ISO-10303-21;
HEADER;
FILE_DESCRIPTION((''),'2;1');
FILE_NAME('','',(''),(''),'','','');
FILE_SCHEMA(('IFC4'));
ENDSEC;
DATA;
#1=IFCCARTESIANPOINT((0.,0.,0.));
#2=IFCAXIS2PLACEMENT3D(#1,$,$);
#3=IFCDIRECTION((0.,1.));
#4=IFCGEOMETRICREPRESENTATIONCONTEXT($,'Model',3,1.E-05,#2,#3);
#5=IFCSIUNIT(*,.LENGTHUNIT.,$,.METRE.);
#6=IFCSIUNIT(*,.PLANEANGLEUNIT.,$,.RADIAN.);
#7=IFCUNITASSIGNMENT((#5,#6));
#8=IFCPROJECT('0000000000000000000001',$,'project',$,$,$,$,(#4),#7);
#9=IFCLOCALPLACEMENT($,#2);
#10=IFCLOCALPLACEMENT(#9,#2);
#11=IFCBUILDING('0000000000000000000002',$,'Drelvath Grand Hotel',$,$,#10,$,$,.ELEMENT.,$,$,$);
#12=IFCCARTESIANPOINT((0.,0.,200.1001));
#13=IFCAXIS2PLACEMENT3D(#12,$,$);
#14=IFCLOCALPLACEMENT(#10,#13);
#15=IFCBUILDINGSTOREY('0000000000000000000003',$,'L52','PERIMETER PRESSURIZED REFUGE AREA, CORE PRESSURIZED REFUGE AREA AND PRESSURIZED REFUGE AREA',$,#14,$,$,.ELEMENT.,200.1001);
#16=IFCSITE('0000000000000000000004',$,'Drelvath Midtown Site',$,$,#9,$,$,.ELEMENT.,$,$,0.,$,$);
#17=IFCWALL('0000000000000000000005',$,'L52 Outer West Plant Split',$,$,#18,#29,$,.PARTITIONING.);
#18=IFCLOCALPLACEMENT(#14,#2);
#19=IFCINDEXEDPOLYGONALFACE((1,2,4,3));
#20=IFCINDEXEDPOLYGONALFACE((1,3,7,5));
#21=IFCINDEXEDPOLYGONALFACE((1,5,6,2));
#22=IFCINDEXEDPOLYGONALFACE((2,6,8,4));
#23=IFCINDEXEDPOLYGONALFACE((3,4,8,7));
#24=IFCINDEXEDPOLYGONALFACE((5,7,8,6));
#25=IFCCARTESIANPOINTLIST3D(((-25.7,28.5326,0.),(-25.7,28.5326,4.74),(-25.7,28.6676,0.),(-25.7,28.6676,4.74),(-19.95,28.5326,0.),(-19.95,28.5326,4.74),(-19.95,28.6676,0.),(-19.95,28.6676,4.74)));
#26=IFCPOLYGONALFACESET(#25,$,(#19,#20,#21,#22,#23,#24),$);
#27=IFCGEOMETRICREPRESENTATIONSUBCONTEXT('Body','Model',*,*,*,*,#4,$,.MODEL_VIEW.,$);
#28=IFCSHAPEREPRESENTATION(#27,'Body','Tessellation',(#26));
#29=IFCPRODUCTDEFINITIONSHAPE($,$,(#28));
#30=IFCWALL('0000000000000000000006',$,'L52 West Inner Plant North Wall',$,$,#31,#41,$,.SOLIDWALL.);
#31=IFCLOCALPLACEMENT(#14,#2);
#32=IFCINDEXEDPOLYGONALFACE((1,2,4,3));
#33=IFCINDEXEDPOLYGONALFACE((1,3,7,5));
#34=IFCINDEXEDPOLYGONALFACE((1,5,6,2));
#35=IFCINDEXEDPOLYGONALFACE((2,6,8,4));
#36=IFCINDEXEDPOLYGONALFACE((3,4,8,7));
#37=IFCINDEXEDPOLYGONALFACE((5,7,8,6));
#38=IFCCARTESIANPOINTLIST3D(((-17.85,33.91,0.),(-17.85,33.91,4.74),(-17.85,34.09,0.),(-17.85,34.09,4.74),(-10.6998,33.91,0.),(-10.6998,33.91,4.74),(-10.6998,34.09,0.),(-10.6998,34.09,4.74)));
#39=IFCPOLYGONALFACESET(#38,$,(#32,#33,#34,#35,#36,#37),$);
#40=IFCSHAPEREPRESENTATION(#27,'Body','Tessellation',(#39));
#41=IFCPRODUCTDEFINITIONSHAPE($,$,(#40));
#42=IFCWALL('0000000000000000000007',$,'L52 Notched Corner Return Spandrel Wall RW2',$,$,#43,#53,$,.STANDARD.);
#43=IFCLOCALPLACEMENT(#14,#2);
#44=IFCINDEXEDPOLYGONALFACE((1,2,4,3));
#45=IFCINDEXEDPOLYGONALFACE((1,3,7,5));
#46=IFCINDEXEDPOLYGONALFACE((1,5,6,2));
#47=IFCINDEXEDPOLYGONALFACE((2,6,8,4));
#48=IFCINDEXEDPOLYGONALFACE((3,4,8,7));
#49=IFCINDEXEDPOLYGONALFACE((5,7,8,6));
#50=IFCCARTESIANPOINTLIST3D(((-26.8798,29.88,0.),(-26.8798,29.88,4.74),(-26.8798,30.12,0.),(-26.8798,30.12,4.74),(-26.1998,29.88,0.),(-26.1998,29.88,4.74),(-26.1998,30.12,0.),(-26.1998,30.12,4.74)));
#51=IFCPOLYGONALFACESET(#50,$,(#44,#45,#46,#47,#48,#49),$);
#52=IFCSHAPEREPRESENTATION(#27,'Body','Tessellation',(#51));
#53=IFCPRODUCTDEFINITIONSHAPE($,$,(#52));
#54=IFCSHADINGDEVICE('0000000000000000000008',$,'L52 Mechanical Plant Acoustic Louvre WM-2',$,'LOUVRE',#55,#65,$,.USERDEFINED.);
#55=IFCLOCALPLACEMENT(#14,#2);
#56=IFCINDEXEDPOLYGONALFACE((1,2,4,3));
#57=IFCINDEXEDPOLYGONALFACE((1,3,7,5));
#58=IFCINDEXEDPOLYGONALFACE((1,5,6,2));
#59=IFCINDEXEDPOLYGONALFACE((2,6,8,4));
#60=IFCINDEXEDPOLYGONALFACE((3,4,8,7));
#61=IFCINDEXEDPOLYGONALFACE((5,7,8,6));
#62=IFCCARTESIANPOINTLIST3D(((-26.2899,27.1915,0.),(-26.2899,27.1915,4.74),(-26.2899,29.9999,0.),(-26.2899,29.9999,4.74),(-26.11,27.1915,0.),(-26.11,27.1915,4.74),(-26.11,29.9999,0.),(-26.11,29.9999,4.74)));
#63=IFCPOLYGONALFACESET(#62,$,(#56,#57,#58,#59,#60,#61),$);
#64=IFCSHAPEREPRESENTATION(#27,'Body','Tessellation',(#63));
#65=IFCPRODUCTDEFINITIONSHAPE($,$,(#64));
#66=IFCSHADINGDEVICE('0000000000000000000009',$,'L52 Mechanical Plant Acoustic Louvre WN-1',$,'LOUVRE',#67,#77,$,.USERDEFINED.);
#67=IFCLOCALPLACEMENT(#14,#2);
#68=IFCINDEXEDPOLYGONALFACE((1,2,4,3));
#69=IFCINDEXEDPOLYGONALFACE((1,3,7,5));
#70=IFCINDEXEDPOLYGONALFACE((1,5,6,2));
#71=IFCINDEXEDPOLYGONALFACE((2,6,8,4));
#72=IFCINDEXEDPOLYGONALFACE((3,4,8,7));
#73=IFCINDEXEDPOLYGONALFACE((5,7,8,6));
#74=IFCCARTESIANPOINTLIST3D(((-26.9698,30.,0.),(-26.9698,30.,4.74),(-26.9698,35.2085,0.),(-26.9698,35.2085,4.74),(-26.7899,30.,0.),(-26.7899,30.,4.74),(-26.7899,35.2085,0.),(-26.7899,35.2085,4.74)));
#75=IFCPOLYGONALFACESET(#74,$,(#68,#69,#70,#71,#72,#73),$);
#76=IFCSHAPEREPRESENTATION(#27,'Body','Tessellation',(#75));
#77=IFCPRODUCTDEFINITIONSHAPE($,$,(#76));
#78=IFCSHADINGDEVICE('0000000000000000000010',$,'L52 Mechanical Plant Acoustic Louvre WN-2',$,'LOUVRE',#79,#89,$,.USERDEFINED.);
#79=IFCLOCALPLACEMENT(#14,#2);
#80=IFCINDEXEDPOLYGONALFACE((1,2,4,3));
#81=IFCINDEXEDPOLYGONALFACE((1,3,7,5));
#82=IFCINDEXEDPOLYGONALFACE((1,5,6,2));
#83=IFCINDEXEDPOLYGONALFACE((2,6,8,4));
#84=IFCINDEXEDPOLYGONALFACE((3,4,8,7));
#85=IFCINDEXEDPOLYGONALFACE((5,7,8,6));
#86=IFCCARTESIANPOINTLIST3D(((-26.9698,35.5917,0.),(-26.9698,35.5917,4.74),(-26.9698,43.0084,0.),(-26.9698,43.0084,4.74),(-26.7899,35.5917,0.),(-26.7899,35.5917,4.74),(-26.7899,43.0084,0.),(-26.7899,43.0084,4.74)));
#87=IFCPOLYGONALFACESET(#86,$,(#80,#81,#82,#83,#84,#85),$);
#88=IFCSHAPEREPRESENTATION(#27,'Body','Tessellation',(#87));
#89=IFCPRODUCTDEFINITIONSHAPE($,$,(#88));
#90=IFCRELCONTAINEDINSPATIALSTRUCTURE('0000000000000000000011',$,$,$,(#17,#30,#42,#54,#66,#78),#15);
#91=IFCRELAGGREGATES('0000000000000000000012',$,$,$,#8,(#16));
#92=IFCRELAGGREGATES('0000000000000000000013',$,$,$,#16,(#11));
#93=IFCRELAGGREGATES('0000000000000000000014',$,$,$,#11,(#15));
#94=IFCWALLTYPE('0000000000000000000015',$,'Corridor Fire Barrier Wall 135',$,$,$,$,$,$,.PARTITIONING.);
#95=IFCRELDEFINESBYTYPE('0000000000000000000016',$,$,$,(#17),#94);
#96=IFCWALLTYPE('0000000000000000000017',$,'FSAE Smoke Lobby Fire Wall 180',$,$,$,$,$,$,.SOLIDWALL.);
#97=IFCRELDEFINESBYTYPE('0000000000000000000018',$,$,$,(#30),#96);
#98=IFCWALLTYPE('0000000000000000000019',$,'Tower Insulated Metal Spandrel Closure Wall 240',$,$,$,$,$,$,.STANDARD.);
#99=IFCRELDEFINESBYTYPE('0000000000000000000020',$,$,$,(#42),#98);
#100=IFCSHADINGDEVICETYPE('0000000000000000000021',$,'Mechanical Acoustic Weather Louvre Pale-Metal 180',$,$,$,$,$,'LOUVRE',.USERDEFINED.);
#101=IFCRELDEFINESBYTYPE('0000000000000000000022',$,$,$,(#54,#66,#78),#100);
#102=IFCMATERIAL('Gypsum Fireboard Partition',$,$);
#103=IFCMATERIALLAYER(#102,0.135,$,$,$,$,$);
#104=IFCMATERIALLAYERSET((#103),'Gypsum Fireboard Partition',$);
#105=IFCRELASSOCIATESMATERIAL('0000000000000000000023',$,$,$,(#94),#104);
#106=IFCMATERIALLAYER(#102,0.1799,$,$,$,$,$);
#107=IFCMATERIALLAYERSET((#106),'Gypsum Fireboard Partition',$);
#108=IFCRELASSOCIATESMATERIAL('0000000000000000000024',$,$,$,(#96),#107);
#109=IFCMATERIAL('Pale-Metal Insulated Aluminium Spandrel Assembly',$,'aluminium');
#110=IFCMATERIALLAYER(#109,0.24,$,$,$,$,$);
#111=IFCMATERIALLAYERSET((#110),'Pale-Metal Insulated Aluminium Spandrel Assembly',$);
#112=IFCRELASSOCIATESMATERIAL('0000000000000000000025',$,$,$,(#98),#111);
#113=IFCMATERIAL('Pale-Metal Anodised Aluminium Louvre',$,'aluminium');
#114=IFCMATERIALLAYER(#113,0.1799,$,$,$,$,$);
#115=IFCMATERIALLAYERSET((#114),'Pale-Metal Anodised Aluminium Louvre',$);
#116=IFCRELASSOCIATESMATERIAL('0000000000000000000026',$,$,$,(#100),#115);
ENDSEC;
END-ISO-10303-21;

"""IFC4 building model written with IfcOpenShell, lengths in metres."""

from ifc_helpers import new_model, si_unit, direction, frame, frame_2d, origin, origin_2d, place, context, subcontext, project, spatial, rectangle, extrude, material, layer, layer_set, type_object, element, save


model = new_model("IFC4")

# Units and contexts
model_context = context("Model", 3, precision=1e-05, world=origin(), true_north=direction((0.0, 1.0)))
body_context = subcontext(model_context, "Body", "Model", "MODEL_VIEW")
ifc_project = project(units=[si_unit("LENGTHUNIT", "METRE"), si_unit("PLANEANGLEUNIT", "RADIAN")], contexts=[model_context])

# Site, building, storey
site_placement = place(None, origin())
site = spatial("IfcSite", under=ifc_project, at=site_placement, Name="Drelvath Midtown Site", CompositionType="ELEMENT", RefElevation=0.0)
building_placement = place(site_placement, origin())
building = spatial("IfcBuilding", under=site, at=building_placement, Name="Drelvath Grand Hotel", CompositionType="ELEMENT")
storey_placement = place(building_placement, frame((0.0, 0.0, 200.1001)))
storey = spatial("IfcBuildingStorey", under=building, at=storey_placement, Name="L52", Description="PERIMETER PRESSURIZED REFUGE AREA, CORE PRESSURIZED REFUGE AREA AND PRESSURIZED REFUGE AREA", CompositionType="ELEMENT", Elevation=200.1001)

# Walls
ifc_material_1 = material(Name="Gypsum Fireboard Partition")
ifc_layer_1 = layer(ifc_material_1, 0.135)
ifc_layer_set_1 = layer_set([ifc_layer_1], Name="Gypsum Fireboard Partition")
wall_type_1 = type_object("IfcWallType", Name="Corridor Fire Barrier Wall 135", PredefinedType="PARTITIONING", material=ifc_layer_set_1)
wall_1_placement = place(storey_placement, frame((-25.7, 28.6001, 0.0), z_axis=(0.0, 0.0, 1.0), x_axis=(1.0, 0.0, 0.0)))
element("IfcWall", 1, at=wall_1_placement, inside=storey, type_object=wall_type_1, Name="L52 Outer West Plant Split", PredefinedType="PARTITIONING", context=body_context, shape_type="SweptSolid", body=[
    extrude(rectangle(XDim=5.75, YDim=0.135, at=frame_2d((2.875, 0.0))), origin(), (0.0, 0.0, 1.0), 4.74),
])
ifc_layer_2 = layer(ifc_material_1, 0.1799)
ifc_layer_set_2 = layer_set([ifc_layer_2], Name="Gypsum Fireboard Partition")
wall_type_2 = type_object("IfcWallType", Name="FSAE Smoke Lobby Fire Wall 180", PredefinedType="SOLIDWALL", material=ifc_layer_set_2)
wall_2_placement = place(storey_placement, frame((-17.8501, 34.0, 0.0), z_axis=(0.0, 0.0, 1.0), x_axis=(1.0, 0.0, 0.0)))
element("IfcWall", 2, at=wall_2_placement, inside=storey, type_object=wall_type_2, Name="L52 West Inner Plant North Wall", PredefinedType="SOLIDWALL", context=body_context, shape_type="SweptSolid", body=[
    extrude(rectangle(XDim=7.1501, YDim=0.1799, at=frame_2d((3.5752, 0.0))), origin(), (0.0, 0.0, 1.0), 4.74),
])
ifc_material_2 = material(Name="Pale-Metal Insulated Aluminium Spandrel Assembly", Category="aluminium")
ifc_layer_3 = layer(ifc_material_2, 0.24)
ifc_layer_set_3 = layer_set([ifc_layer_3], Name="Pale-Metal Insulated Aluminium Spandrel Assembly")
wall_type_3 = type_object("IfcWallType", Name="Tower Insulated Metal Spandrel Closure Wall 240", PredefinedType="STANDARD", material=ifc_layer_set_3)
wall_3_placement = place(storey_placement, frame((-26.2, 30.0, 0.0), z_axis=(0.0, 0.0, 1.0), x_axis=(-1.0, 0.0, 0.0)))
element("IfcWall", 3, at=wall_3_placement, inside=storey, type_object=wall_type_3, Name="L52 Notched Corner Return Spandrel Wall RW2", PredefinedType="STANDARD", context=body_context, shape_type="SweptSolid", body=[
    extrude(rectangle(XDim=0.6799, YDim=0.24, at=frame_2d((0.3398, 0.0))), origin(), (0.0, 0.0, 1.0), 4.74),
])

# Shading devices
ifc_material_3 = material(Name="Pale-Metal Anodised Aluminium Louvre", Category="aluminium")
ifc_layer_4 = layer(ifc_material_3, 0.1799)
ifc_layer_set_4 = layer_set([ifc_layer_4], Name="Pale-Metal Anodised Aluminium Louvre")
shading_device_type = type_object("IfcShadingDeviceType", Name="Mechanical Acoustic Weather Louvre Pale-Metal 180", ElementType="LOUVRE", PredefinedType="USERDEFINED", material=ifc_layer_set_4)
shading_device_1_placement = place(storey_placement, frame((-26.2, 28.5957, 0.0), z_axis=(0.0, 0.0, 1.0), x_axis=(0.0, 1.0, 0.0)))
element("IfcShadingDevice", 4, at=shading_device_1_placement, inside=storey, type_object=shading_device_type, Name="L52 Mechanical Plant Acoustic Louvre WM-2", ObjectType="LOUVRE", PredefinedType="USERDEFINED", context=body_context, shape_type="SweptSolid", body=[
    extrude(rectangle(XDim=2.8083, YDim=0.1799, at=origin_2d()), origin(), (0.0, 0.0, 1.0), 4.74),
])
shading_device_2_placement = place(storey_placement, frame((-26.8799, 32.6042, 0.0), z_axis=(0.0, 0.0, 1.0), x_axis=(0.0, 1.0, 0.0)))
element("IfcShadingDevice", 5, at=shading_device_2_placement, inside=storey, type_object=shading_device_type, Name="L52 Mechanical Plant Acoustic Louvre WN-1", ObjectType="LOUVRE", PredefinedType="USERDEFINED", context=body_context, shape_type="SweptSolid", body=[
    extrude(rectangle(XDim=5.2085, YDim=0.1799, at=origin_2d()), origin(), (0.0, 0.0, 1.0), 4.74),
])
shading_device_3_placement = place(storey_placement, frame((-26.8799, 39.3, 0.0), z_axis=(0.0, 0.0, 1.0), x_axis=(0.0, 1.0, 0.0)))
element("IfcShadingDevice", 6, at=shading_device_3_placement, inside=storey, type_object=shading_device_type, Name="L52 Mechanical Plant Acoustic Louvre WN-2", ObjectType="LOUVRE", PredefinedType="USERDEFINED", context=body_context, shape_type="SweptSolid", body=[
    extrude(rectangle(XDim=7.4167, YDim=0.1799, at=origin_2d()), origin(), (0.0, 0.0, 1.0), 4.74),
])

save(model, "model.ifc")
